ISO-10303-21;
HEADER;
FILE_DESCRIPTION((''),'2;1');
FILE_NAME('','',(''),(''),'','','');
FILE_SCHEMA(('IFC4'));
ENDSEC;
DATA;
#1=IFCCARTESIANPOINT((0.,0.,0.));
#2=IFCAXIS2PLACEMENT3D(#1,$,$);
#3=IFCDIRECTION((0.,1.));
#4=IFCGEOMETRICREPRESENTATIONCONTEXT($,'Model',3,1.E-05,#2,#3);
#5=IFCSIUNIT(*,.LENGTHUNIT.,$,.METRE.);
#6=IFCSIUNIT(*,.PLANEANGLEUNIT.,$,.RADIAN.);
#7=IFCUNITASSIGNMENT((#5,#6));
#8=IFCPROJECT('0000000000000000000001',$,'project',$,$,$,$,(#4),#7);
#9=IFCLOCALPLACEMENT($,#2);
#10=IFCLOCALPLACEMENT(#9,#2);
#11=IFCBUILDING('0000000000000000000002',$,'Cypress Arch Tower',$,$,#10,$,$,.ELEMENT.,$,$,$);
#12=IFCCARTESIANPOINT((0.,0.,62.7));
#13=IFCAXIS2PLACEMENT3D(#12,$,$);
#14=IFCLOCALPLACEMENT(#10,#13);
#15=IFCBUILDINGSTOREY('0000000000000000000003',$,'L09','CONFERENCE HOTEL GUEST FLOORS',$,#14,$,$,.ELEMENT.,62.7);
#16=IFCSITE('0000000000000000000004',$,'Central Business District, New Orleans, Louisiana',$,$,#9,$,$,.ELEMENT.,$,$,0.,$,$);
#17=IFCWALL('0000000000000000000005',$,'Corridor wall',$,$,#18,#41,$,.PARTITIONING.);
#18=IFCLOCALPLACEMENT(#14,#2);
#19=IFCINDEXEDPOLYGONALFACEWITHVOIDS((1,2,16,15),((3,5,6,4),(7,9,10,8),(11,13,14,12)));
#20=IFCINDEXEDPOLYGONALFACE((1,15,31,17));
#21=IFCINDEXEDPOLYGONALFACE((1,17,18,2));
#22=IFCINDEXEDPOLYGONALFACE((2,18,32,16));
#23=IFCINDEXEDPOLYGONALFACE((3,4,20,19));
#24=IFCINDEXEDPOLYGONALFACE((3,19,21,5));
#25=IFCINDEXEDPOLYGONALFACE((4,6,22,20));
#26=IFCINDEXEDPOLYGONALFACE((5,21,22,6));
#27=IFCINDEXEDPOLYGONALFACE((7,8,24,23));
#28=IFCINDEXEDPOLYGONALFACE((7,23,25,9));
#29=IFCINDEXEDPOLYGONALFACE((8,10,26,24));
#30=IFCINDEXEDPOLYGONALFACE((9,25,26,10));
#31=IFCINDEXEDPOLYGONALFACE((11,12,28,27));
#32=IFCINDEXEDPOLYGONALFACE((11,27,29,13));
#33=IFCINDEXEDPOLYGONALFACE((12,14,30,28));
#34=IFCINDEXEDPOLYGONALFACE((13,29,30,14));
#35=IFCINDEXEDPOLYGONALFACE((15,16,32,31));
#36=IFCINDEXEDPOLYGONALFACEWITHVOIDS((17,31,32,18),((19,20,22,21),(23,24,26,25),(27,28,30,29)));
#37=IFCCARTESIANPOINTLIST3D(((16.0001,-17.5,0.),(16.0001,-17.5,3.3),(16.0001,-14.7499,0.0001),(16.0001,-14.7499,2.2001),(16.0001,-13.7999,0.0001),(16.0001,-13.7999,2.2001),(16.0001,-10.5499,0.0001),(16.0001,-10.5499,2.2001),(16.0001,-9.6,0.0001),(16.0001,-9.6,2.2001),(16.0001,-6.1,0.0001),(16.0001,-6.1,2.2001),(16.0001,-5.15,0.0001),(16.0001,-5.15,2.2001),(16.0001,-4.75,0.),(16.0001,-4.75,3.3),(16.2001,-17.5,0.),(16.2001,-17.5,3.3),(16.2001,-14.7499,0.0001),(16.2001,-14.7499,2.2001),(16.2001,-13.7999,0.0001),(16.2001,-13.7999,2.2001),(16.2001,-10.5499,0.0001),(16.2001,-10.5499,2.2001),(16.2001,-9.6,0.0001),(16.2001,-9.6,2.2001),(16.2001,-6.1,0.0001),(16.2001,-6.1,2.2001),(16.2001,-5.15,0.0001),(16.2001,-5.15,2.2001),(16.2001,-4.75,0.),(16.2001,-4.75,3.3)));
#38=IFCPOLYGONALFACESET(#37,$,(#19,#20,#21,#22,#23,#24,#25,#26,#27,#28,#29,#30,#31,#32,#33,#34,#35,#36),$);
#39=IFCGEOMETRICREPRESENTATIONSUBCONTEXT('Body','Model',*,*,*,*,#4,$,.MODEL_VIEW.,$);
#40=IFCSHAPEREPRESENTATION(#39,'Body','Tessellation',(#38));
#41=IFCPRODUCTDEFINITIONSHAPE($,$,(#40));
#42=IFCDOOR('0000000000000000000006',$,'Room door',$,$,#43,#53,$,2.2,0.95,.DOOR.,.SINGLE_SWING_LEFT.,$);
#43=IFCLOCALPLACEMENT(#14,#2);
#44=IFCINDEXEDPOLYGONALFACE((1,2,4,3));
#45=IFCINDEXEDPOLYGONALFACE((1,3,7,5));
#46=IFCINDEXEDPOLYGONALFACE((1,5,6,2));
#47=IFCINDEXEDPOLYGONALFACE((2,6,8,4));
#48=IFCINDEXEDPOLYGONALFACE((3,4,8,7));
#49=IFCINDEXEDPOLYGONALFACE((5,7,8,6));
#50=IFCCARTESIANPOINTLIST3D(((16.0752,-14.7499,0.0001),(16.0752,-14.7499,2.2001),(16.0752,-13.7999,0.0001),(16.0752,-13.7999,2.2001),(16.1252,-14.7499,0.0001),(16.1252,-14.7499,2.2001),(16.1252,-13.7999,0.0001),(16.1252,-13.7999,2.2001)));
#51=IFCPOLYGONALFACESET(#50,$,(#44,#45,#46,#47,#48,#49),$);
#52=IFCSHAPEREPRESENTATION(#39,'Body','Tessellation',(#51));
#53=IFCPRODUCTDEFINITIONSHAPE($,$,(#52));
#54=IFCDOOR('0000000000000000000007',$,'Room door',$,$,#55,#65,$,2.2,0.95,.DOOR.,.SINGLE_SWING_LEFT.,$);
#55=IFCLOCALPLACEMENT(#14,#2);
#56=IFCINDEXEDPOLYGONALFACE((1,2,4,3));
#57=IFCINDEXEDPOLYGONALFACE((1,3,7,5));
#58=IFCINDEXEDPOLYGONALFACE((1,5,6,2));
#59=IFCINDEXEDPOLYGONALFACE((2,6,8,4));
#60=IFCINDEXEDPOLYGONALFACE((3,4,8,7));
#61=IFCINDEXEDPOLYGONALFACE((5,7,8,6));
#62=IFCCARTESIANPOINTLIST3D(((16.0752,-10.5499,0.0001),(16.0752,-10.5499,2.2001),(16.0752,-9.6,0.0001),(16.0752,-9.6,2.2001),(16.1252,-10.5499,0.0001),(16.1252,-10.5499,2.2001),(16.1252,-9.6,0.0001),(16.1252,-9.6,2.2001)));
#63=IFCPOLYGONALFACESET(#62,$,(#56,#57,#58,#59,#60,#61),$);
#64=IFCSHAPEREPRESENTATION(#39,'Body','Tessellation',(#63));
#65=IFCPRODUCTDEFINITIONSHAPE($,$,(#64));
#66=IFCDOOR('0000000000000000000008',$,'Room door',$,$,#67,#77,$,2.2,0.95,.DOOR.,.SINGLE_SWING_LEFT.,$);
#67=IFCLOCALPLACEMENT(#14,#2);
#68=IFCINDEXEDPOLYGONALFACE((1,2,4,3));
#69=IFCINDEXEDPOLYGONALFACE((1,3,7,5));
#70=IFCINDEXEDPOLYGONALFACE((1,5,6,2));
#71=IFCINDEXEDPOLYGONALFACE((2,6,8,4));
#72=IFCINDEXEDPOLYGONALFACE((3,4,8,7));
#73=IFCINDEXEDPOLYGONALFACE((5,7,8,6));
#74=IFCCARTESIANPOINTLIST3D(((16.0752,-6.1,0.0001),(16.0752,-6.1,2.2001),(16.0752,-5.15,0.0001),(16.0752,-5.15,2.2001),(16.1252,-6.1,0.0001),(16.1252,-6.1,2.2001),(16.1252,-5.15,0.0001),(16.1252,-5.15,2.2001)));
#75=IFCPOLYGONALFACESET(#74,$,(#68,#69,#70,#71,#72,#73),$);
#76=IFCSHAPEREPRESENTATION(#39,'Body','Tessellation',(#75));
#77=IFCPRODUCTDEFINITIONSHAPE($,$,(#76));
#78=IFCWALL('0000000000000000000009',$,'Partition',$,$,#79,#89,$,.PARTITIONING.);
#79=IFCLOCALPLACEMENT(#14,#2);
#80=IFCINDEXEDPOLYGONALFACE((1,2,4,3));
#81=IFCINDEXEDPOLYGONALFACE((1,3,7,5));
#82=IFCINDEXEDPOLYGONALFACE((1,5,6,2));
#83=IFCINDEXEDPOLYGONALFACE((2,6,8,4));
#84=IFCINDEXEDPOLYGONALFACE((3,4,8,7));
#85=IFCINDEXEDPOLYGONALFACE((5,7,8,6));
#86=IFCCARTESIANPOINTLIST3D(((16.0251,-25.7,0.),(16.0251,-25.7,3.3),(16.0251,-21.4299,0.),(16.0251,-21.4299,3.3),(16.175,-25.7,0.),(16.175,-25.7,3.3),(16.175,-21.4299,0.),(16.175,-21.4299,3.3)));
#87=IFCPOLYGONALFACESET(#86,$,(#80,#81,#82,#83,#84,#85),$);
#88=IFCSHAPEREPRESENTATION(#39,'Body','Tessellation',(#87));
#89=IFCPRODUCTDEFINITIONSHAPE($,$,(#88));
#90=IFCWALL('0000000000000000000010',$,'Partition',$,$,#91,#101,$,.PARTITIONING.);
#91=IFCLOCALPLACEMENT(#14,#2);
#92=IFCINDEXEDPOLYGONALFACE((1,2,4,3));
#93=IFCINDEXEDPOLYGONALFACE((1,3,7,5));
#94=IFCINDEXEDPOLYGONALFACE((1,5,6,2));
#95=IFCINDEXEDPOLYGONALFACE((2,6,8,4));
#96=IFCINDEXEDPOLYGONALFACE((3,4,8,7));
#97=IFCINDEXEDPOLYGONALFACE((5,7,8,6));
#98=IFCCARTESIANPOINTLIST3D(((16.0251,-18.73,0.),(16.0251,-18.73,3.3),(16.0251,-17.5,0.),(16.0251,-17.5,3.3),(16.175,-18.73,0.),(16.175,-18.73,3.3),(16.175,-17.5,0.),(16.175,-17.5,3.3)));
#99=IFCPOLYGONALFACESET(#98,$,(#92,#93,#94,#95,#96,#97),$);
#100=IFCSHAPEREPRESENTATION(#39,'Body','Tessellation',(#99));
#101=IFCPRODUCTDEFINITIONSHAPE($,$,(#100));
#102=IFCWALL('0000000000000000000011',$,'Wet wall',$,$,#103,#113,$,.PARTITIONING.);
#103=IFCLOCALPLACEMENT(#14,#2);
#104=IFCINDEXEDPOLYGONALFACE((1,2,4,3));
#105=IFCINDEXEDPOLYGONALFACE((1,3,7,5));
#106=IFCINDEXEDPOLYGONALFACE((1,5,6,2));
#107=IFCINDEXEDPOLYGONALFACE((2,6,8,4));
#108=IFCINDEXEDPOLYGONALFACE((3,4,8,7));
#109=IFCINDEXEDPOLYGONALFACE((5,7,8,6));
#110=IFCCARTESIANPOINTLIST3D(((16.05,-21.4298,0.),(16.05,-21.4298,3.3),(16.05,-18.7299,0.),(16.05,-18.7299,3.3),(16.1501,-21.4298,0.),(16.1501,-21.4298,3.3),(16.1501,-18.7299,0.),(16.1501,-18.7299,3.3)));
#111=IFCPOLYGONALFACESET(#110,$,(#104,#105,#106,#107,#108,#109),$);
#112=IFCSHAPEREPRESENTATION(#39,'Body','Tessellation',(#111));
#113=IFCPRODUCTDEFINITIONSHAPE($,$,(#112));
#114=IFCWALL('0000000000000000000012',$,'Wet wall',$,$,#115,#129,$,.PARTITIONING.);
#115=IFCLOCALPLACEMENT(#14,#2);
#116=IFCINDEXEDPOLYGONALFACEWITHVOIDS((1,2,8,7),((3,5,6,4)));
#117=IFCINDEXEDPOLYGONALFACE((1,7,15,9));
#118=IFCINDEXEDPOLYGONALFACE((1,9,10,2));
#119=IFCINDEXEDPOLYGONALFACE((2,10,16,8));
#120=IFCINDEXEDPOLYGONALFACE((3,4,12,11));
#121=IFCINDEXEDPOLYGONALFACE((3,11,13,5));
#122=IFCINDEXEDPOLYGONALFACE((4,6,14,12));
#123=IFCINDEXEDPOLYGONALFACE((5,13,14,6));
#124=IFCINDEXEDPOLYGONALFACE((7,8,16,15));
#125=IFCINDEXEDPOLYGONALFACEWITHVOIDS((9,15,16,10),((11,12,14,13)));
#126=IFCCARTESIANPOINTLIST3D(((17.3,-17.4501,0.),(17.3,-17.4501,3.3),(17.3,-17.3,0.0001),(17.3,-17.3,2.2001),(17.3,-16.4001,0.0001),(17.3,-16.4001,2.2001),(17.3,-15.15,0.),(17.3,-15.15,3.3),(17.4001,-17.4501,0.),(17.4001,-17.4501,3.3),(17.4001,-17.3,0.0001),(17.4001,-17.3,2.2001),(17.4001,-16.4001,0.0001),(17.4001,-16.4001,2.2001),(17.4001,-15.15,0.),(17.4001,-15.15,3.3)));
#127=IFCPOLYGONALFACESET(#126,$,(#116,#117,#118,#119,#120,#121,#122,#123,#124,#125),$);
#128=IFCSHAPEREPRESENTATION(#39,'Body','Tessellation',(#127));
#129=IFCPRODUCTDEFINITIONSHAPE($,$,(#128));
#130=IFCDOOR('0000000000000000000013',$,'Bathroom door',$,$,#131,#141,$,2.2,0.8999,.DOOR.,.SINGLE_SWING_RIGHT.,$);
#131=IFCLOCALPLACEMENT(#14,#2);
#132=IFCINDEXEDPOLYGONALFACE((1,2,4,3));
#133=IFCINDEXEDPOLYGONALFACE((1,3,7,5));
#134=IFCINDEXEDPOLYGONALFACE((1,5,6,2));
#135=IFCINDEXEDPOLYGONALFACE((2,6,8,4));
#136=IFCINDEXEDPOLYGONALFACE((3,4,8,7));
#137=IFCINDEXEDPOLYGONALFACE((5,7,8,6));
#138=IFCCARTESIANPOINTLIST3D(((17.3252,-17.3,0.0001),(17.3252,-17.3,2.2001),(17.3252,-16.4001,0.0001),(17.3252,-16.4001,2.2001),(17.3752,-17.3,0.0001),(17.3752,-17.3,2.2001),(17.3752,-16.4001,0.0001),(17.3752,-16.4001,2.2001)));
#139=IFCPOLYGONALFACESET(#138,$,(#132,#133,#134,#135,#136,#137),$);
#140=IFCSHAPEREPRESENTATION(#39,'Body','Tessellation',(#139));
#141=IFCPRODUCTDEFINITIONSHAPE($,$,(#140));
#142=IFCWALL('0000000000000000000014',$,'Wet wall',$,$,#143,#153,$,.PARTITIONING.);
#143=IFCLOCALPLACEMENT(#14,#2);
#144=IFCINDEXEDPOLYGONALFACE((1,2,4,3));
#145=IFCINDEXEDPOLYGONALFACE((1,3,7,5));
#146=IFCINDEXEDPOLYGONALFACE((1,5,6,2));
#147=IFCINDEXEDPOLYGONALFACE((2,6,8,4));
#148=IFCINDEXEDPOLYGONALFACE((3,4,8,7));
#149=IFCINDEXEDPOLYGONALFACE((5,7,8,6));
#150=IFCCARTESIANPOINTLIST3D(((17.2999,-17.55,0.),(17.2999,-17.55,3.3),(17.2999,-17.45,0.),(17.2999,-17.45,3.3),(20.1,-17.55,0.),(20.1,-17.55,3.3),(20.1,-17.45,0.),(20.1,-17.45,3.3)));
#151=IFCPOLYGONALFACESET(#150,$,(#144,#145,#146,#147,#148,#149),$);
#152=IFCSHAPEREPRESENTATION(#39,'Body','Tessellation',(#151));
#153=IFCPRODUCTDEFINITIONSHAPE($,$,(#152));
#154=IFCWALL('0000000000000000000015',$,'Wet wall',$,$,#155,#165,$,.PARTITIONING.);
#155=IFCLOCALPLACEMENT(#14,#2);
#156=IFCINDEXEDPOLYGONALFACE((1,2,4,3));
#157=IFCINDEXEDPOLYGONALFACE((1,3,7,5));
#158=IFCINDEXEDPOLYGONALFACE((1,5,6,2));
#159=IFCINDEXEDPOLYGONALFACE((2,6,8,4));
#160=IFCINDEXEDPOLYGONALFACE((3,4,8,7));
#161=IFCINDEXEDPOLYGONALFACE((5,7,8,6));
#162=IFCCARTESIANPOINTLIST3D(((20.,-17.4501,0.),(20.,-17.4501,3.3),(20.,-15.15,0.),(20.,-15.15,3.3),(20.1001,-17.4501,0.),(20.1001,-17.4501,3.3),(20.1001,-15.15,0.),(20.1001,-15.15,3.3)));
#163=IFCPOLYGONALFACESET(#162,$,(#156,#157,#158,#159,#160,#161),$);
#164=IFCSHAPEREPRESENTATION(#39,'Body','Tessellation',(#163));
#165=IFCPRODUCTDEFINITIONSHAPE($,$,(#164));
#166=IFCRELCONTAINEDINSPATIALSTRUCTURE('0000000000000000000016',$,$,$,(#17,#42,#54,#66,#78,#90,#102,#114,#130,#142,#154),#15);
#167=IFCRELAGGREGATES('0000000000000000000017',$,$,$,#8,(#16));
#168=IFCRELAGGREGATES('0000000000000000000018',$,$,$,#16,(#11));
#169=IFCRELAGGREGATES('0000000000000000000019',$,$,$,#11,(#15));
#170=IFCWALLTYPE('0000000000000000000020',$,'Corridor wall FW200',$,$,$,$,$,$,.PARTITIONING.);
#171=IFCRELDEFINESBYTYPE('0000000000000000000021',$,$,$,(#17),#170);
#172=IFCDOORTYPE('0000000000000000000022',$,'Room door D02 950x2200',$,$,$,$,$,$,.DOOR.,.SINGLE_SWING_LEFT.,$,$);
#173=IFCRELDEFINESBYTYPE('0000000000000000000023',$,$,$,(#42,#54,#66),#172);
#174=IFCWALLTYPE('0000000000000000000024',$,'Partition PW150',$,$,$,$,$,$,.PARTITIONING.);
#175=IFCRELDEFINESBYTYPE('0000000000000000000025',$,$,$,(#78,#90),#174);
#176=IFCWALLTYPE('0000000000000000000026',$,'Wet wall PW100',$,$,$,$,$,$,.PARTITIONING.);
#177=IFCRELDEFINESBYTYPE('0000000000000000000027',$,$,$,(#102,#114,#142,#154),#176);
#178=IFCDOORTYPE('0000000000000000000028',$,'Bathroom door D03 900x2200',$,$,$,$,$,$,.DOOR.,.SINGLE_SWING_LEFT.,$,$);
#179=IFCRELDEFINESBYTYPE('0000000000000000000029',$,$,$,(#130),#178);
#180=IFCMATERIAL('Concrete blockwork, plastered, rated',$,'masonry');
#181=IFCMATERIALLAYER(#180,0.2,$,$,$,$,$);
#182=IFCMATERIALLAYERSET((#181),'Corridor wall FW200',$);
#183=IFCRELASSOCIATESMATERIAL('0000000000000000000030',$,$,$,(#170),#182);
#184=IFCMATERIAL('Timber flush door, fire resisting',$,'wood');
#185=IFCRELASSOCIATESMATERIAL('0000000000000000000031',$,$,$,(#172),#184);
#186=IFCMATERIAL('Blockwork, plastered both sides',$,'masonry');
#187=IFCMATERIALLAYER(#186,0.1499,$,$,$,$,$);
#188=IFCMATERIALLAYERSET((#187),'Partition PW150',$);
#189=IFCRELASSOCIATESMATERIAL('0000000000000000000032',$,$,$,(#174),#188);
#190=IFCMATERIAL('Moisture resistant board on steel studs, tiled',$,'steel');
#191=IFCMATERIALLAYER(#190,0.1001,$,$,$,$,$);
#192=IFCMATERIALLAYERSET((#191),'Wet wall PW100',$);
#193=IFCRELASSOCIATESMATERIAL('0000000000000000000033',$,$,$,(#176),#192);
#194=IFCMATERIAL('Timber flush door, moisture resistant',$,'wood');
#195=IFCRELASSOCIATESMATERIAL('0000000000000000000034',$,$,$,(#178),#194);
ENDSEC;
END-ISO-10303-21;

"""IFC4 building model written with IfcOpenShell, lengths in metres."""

from ifc_helpers import new_model, si_unit, direction, frame, frame_2d, origin, place, context, subcontext, project, spatial, rectangle, extrude, material, layer, layer_set, type_object, element, fill, save


model = new_model("IFC4")

# Units and contexts
model_context = context("Model", 3, precision=1e-05, world=origin(), true_north=direction((0.0, 1.0)))
body_context = subcontext(model_context, "Body", "Model", "MODEL_VIEW")
ifc_project = project(units=[si_unit("LENGTHUNIT", "METRE"), si_unit("PLANEANGLEUNIT", "RADIAN")], contexts=[model_context])

# Site, building, storey
site_placement = place(None, origin())
site = spatial("IfcSite", under=ifc_project, at=site_placement, Name="Central Business District, New Orleans, Louisiana", CompositionType="ELEMENT", RefElevation=0.0)
building_placement = place(site_placement, origin())
building = spatial("IfcBuilding", under=site, at=building_placement, Name="Cypress Arch Tower", CompositionType="ELEMENT")
storey_placement = place(building_placement, frame((0.0, 0.0, 62.7)))
storey = spatial("IfcBuildingStorey", under=building, at=storey_placement, Name="L09", Description="CONFERENCE HOTEL GUEST FLOORS", CompositionType="ELEMENT", Elevation=62.7)

# Wall, openings, doors
ifc_material_1 = material(Name="Concrete blockwork, plastered, rated", Category="masonry")
ifc_layer_1 = layer(ifc_material_1, 0.2)
ifc_layer_set_1 = layer_set([ifc_layer_1], Name="Corridor wall FW200")
wall_type_1 = type_object("IfcWallType", Name="Corridor wall FW200", PredefinedType="PARTITIONING", material=ifc_layer_set_1)
wall_1_placement = place(storey_placement, frame((16.1001, -17.5, 0.0), z_axis=(0.0, 0.0, 1.0), x_axis=(0.0, 1.0, 0.0)))
wall_1 = element("IfcWall", 1, at=wall_1_placement, inside=storey, type_object=wall_type_1, Name="Corridor wall", PredefinedType="PARTITIONING", context=body_context, shape_type="SweptSolid", body=[
    extrude(rectangle(XDim=12.75, YDim=0.2, at=frame_2d((6.375, 0.0))), origin(), (0.0, 0.0, 1.0), 3.3),
])
opening_1_placement = place(wall_1_placement, frame((2.75, 0.0, 0.0)))
opening_1 = element("IfcOpeningElement", 2, at=opening_1_placement, cuts=wall_1, PredefinedType="OPENING", context=body_context, shape_type="SweptSolid", body=[
    extrude(rectangle(XDim=0.95, YDim=2.2, at=frame_2d((0.4751, 1.1001))), frame((0.0, 0.1099, 0.0), z_axis=(0.0, -1.0, 0.0), x_axis=(1.0, 0.0, 0.0)), (0.0, 0.0, 1.0), 0.22),
])
opening_2_placement = place(wall_1_placement, frame((6.95, 0.0, 0.0)))
opening_2 = element("IfcOpeningElement", 3, at=opening_2_placement, cuts=wall_1, PredefinedType="OPENING", context=body_context, shape_type="SweptSolid", body=[
    extrude(rectangle(XDim=0.95, YDim=2.2, at=frame_2d((0.4751, 1.1001))), frame((0.0, 0.1099, 0.0), z_axis=(0.0, -1.0, 0.0), x_axis=(1.0, 0.0, 0.0)), (0.0, 0.0, 1.0), 0.22),
])
opening_3_placement = place(wall_1_placement, frame((11.3999, 0.0, 0.0)))
opening_3 = element("IfcOpeningElement", 4, at=opening_3_placement, cuts=wall_1, PredefinedType="OPENING", context=body_context, shape_type="SweptSolid", body=[
    extrude(rectangle(XDim=0.95, YDim=2.2, at=frame_2d((0.4751, 1.1001))), frame((0.0, 0.1099, 0.0), z_axis=(0.0, -1.0, 0.0), x_axis=(1.0, 0.0, 0.0)), (0.0, 0.0, 1.0), 0.22),
])
ifc_material_2 = material(Name="Timber flush door, fire resisting", Category="wood")
door_type_1 = type_object("IfcDoorType", Name="Room door D02 950x2200", OperationType="SINGLE_SWING_LEFT", PredefinedType="DOOR", material=ifc_material_2)
door_1_placement = place(opening_1_placement, origin())
door_1 = element("IfcDoor", 5, at=door_1_placement, inside=storey, type_object=door_type_1, Name="Room door", OperationType="SINGLE_SWING_LEFT", OverallHeight=2.2, OverallWidth=0.95, PredefinedType="DOOR", context=body_context, shape_type="SweptSolid", body=[
    extrude(rectangle(XDim=0.95, YDim=2.2, at=frame_2d((0.4751, 1.1001))), frame((0.0, 0.0249, 0.0), z_axis=(0.0, -1.0, 0.0), x_axis=(1.0, 0.0, 0.0)), (0.0, 0.0, 1.0), 0.05),
])
fill(opening_1, door_1)
door_2_placement = place(opening_2_placement, origin())
door_2 = element("IfcDoor", 6, at=door_2_placement, inside=storey, type_object=door_type_1, Name="Room door", OperationType="SINGLE_SWING_LEFT", OverallHeight=2.2, OverallWidth=0.95, PredefinedType="DOOR", context=body_context, shape_type="SweptSolid", body=[
    extrude(rectangle(XDim=0.95, YDim=2.2, at=frame_2d((0.4751, 1.1001))), frame((0.0, 0.0249, 0.0), z_axis=(0.0, -1.0, 0.0), x_axis=(1.0, 0.0, 0.0)), (0.0, 0.0, 1.0), 0.05),
])
fill(opening_2, door_2)
door_3_placement = place(opening_3_placement, origin())
door_3 = element("IfcDoor", 7, at=door_3_placement, inside=storey, type_object=door_type_1, Name="Room door", OperationType="SINGLE_SWING_LEFT", OverallHeight=2.2, OverallWidth=0.95, PredefinedType="DOOR", context=body_context, shape_type="SweptSolid", body=[
    extrude(rectangle(XDim=0.95, YDim=2.2, at=frame_2d((0.4751, 1.1001))), frame((0.0, 0.0249, 0.0), z_axis=(0.0, -1.0, 0.0), x_axis=(1.0, 0.0, 0.0)), (0.0, 0.0, 1.0), 0.05),
])
fill(opening_3, door_3)

# Walls
ifc_material_3 = material(Name="Blockwork, plastered both sides", Category="masonry")
ifc_layer_2 = layer(ifc_material_3, 0.1499)
ifc_layer_set_2 = layer_set([ifc_layer_2], Name="Partition PW150")
wall_type_2 = type_object("IfcWallType", Name="Partition PW150", PredefinedType="PARTITIONING", material=ifc_layer_set_2)
wall_2_placement = place(storey_placement, frame((16.1001, -25.7, 0.0), z_axis=(0.0, 0.0, 1.0), x_axis=(0.0, 1.0, 0.0)))
element("IfcWall", 8, at=wall_2_placement, inside=storey, type_object=wall_type_2, Name="Partition", PredefinedType="PARTITIONING", context=body_context, shape_type="SweptSolid", body=[
    extrude(rectangle(XDim=4.27, YDim=0.1499, at=frame_2d((2.135, 0.0))), origin(), (0.0, 0.0, 1.0), 3.3),
])
wall_3_placement = place(storey_placement, frame((16.1001, -18.73, 0.0), z_axis=(0.0, 0.0, 1.0), x_axis=(0.0, 1.0, 0.0)))
element("IfcWall", 9, at=wall_3_placement, inside=storey, type_object=wall_type_2, Name="Partition", PredefinedType="PARTITIONING", context=body_context, shape_type="SweptSolid", body=[
    extrude(rectangle(XDim=1.23, YDim=0.1499, at=frame_2d((0.615, 0.0))), origin(), (0.0, 0.0, 1.0), 3.3),
])
ifc_material_4 = material(Name="Moisture resistant board on steel studs, tiled", Category="steel")
ifc_layer_3 = layer(ifc_material_4, 0.1001)
ifc_layer_set_3 = layer_set([ifc_layer_3], Name="Wet wall PW100")
wall_type_3 = type_object("IfcWallType", Name="Wet wall PW100", PredefinedType="PARTITIONING", material=ifc_layer_set_3)
wall_4_placement = place(storey_placement, frame((16.1001, -21.4299, 0.0), z_axis=(0.0, 0.0, 1.0), x_axis=(0.0, 1.0, 0.0)))
element("IfcWall", 10, at=wall_4_placement, inside=storey, type_object=wall_type_3, Name="Wet wall", PredefinedType="PARTITIONING", context=body_context, shape_type="SweptSolid", body=[
    extrude(rectangle(XDim=2.7, YDim=0.1001, at=frame_2d((1.3501, 0.0))), origin(), (0.0, 0.0, 1.0), 3.3),
])

# Wall, opening, door
wall_5_placement = place(storey_placement, frame((17.3501, -17.45, 0.0), z_axis=(0.0, 0.0, 1.0), x_axis=(0.0, 1.0, 0.0)))
wall_5 = element("IfcWall", 11, at=wall_5_placement, inside=storey, type_object=wall_type_3, Name="Wet wall", PredefinedType="PARTITIONING", context=body_context, shape_type="SweptSolid", body=[
    extrude(rectangle(XDim=2.3, YDim=0.1001, at=frame_2d((1.1499, 0.0))), origin(), (0.0, 0.0, 1.0), 3.3),
])
opening_4_placement = place(wall_5_placement, frame((0.1499, 0.0, 0.0)))
opening_4 = element("IfcOpeningElement", 12, at=opening_4_placement, cuts=wall_5, PredefinedType="OPENING", context=body_context, shape_type="SweptSolid", body=[
    extrude(rectangle(XDim=0.8999, YDim=2.2, at=frame_2d((0.45, 1.1001))), frame((0.0, 0.0601, 0.0), z_axis=(0.0, -1.0, 0.0), x_axis=(1.0, 0.0, 0.0)), (0.0, 0.0, 1.0), 0.1201),
])
ifc_material_5 = material(Name="Timber flush door, moisture resistant", Category="wood")
door_type_2 = type_object("IfcDoorType", Name="Bathroom door D03 900x2200", OperationType="SINGLE_SWING_LEFT", PredefinedType="DOOR", material=ifc_material_5)
door_4_placement = place(opening_4_placement, origin())
door_4 = element("IfcDoor", 13, at=door_4_placement, inside=storey, type_object=door_type_2, Name="Bathroom door", OperationType="SINGLE_SWING_RIGHT", OverallHeight=2.2, OverallWidth=0.8999, PredefinedType="DOOR", context=body_context, shape_type="SweptSolid", body=[
    extrude(rectangle(XDim=0.8999, YDim=2.2, at=frame_2d((0.45, 1.1001))), frame((0.0, 0.0249, 0.0), z_axis=(0.0, -1.0, 0.0), x_axis=(1.0, 0.0, 0.0)), (0.0, 0.0, 1.0), 0.05),
])
fill(opening_4, door_4)

# Walls
wall_6_placement = place(storey_placement, frame((17.3, -17.5, 0.0), z_axis=(0.0, 0.0, 1.0), x_axis=(1.0, 0.0, 0.0)))
element("IfcWall", 14, at=wall_6_placement, inside=storey, type_object=wall_type_3, Name="Wet wall", PredefinedType="PARTITIONING", context=body_context, shape_type="SweptSolid", body=[
    extrude(rectangle(XDim=2.8, YDim=0.1001, at=frame_2d((1.3999, 0.0))), origin(), (0.0, 0.0, 1.0), 3.3),
])
wall_7_placement = place(storey_placement, frame((20.05, -17.45, 0.0), z_axis=(0.0, 0.0, 1.0), x_axis=(0.0, 1.0, 0.0)))
element("IfcWall", 15, at=wall_7_placement, inside=storey, type_object=wall_type_3, Name="Wet wall", PredefinedType="PARTITIONING", context=body_context, shape_type="SweptSolid", body=[
    extrude(rectangle(XDim=2.3, YDim=0.1001, at=frame_2d((1.1499, 0.0))), origin(), (0.0, 0.0, 1.0), 3.3),
])

save(model, "model.ifc")
